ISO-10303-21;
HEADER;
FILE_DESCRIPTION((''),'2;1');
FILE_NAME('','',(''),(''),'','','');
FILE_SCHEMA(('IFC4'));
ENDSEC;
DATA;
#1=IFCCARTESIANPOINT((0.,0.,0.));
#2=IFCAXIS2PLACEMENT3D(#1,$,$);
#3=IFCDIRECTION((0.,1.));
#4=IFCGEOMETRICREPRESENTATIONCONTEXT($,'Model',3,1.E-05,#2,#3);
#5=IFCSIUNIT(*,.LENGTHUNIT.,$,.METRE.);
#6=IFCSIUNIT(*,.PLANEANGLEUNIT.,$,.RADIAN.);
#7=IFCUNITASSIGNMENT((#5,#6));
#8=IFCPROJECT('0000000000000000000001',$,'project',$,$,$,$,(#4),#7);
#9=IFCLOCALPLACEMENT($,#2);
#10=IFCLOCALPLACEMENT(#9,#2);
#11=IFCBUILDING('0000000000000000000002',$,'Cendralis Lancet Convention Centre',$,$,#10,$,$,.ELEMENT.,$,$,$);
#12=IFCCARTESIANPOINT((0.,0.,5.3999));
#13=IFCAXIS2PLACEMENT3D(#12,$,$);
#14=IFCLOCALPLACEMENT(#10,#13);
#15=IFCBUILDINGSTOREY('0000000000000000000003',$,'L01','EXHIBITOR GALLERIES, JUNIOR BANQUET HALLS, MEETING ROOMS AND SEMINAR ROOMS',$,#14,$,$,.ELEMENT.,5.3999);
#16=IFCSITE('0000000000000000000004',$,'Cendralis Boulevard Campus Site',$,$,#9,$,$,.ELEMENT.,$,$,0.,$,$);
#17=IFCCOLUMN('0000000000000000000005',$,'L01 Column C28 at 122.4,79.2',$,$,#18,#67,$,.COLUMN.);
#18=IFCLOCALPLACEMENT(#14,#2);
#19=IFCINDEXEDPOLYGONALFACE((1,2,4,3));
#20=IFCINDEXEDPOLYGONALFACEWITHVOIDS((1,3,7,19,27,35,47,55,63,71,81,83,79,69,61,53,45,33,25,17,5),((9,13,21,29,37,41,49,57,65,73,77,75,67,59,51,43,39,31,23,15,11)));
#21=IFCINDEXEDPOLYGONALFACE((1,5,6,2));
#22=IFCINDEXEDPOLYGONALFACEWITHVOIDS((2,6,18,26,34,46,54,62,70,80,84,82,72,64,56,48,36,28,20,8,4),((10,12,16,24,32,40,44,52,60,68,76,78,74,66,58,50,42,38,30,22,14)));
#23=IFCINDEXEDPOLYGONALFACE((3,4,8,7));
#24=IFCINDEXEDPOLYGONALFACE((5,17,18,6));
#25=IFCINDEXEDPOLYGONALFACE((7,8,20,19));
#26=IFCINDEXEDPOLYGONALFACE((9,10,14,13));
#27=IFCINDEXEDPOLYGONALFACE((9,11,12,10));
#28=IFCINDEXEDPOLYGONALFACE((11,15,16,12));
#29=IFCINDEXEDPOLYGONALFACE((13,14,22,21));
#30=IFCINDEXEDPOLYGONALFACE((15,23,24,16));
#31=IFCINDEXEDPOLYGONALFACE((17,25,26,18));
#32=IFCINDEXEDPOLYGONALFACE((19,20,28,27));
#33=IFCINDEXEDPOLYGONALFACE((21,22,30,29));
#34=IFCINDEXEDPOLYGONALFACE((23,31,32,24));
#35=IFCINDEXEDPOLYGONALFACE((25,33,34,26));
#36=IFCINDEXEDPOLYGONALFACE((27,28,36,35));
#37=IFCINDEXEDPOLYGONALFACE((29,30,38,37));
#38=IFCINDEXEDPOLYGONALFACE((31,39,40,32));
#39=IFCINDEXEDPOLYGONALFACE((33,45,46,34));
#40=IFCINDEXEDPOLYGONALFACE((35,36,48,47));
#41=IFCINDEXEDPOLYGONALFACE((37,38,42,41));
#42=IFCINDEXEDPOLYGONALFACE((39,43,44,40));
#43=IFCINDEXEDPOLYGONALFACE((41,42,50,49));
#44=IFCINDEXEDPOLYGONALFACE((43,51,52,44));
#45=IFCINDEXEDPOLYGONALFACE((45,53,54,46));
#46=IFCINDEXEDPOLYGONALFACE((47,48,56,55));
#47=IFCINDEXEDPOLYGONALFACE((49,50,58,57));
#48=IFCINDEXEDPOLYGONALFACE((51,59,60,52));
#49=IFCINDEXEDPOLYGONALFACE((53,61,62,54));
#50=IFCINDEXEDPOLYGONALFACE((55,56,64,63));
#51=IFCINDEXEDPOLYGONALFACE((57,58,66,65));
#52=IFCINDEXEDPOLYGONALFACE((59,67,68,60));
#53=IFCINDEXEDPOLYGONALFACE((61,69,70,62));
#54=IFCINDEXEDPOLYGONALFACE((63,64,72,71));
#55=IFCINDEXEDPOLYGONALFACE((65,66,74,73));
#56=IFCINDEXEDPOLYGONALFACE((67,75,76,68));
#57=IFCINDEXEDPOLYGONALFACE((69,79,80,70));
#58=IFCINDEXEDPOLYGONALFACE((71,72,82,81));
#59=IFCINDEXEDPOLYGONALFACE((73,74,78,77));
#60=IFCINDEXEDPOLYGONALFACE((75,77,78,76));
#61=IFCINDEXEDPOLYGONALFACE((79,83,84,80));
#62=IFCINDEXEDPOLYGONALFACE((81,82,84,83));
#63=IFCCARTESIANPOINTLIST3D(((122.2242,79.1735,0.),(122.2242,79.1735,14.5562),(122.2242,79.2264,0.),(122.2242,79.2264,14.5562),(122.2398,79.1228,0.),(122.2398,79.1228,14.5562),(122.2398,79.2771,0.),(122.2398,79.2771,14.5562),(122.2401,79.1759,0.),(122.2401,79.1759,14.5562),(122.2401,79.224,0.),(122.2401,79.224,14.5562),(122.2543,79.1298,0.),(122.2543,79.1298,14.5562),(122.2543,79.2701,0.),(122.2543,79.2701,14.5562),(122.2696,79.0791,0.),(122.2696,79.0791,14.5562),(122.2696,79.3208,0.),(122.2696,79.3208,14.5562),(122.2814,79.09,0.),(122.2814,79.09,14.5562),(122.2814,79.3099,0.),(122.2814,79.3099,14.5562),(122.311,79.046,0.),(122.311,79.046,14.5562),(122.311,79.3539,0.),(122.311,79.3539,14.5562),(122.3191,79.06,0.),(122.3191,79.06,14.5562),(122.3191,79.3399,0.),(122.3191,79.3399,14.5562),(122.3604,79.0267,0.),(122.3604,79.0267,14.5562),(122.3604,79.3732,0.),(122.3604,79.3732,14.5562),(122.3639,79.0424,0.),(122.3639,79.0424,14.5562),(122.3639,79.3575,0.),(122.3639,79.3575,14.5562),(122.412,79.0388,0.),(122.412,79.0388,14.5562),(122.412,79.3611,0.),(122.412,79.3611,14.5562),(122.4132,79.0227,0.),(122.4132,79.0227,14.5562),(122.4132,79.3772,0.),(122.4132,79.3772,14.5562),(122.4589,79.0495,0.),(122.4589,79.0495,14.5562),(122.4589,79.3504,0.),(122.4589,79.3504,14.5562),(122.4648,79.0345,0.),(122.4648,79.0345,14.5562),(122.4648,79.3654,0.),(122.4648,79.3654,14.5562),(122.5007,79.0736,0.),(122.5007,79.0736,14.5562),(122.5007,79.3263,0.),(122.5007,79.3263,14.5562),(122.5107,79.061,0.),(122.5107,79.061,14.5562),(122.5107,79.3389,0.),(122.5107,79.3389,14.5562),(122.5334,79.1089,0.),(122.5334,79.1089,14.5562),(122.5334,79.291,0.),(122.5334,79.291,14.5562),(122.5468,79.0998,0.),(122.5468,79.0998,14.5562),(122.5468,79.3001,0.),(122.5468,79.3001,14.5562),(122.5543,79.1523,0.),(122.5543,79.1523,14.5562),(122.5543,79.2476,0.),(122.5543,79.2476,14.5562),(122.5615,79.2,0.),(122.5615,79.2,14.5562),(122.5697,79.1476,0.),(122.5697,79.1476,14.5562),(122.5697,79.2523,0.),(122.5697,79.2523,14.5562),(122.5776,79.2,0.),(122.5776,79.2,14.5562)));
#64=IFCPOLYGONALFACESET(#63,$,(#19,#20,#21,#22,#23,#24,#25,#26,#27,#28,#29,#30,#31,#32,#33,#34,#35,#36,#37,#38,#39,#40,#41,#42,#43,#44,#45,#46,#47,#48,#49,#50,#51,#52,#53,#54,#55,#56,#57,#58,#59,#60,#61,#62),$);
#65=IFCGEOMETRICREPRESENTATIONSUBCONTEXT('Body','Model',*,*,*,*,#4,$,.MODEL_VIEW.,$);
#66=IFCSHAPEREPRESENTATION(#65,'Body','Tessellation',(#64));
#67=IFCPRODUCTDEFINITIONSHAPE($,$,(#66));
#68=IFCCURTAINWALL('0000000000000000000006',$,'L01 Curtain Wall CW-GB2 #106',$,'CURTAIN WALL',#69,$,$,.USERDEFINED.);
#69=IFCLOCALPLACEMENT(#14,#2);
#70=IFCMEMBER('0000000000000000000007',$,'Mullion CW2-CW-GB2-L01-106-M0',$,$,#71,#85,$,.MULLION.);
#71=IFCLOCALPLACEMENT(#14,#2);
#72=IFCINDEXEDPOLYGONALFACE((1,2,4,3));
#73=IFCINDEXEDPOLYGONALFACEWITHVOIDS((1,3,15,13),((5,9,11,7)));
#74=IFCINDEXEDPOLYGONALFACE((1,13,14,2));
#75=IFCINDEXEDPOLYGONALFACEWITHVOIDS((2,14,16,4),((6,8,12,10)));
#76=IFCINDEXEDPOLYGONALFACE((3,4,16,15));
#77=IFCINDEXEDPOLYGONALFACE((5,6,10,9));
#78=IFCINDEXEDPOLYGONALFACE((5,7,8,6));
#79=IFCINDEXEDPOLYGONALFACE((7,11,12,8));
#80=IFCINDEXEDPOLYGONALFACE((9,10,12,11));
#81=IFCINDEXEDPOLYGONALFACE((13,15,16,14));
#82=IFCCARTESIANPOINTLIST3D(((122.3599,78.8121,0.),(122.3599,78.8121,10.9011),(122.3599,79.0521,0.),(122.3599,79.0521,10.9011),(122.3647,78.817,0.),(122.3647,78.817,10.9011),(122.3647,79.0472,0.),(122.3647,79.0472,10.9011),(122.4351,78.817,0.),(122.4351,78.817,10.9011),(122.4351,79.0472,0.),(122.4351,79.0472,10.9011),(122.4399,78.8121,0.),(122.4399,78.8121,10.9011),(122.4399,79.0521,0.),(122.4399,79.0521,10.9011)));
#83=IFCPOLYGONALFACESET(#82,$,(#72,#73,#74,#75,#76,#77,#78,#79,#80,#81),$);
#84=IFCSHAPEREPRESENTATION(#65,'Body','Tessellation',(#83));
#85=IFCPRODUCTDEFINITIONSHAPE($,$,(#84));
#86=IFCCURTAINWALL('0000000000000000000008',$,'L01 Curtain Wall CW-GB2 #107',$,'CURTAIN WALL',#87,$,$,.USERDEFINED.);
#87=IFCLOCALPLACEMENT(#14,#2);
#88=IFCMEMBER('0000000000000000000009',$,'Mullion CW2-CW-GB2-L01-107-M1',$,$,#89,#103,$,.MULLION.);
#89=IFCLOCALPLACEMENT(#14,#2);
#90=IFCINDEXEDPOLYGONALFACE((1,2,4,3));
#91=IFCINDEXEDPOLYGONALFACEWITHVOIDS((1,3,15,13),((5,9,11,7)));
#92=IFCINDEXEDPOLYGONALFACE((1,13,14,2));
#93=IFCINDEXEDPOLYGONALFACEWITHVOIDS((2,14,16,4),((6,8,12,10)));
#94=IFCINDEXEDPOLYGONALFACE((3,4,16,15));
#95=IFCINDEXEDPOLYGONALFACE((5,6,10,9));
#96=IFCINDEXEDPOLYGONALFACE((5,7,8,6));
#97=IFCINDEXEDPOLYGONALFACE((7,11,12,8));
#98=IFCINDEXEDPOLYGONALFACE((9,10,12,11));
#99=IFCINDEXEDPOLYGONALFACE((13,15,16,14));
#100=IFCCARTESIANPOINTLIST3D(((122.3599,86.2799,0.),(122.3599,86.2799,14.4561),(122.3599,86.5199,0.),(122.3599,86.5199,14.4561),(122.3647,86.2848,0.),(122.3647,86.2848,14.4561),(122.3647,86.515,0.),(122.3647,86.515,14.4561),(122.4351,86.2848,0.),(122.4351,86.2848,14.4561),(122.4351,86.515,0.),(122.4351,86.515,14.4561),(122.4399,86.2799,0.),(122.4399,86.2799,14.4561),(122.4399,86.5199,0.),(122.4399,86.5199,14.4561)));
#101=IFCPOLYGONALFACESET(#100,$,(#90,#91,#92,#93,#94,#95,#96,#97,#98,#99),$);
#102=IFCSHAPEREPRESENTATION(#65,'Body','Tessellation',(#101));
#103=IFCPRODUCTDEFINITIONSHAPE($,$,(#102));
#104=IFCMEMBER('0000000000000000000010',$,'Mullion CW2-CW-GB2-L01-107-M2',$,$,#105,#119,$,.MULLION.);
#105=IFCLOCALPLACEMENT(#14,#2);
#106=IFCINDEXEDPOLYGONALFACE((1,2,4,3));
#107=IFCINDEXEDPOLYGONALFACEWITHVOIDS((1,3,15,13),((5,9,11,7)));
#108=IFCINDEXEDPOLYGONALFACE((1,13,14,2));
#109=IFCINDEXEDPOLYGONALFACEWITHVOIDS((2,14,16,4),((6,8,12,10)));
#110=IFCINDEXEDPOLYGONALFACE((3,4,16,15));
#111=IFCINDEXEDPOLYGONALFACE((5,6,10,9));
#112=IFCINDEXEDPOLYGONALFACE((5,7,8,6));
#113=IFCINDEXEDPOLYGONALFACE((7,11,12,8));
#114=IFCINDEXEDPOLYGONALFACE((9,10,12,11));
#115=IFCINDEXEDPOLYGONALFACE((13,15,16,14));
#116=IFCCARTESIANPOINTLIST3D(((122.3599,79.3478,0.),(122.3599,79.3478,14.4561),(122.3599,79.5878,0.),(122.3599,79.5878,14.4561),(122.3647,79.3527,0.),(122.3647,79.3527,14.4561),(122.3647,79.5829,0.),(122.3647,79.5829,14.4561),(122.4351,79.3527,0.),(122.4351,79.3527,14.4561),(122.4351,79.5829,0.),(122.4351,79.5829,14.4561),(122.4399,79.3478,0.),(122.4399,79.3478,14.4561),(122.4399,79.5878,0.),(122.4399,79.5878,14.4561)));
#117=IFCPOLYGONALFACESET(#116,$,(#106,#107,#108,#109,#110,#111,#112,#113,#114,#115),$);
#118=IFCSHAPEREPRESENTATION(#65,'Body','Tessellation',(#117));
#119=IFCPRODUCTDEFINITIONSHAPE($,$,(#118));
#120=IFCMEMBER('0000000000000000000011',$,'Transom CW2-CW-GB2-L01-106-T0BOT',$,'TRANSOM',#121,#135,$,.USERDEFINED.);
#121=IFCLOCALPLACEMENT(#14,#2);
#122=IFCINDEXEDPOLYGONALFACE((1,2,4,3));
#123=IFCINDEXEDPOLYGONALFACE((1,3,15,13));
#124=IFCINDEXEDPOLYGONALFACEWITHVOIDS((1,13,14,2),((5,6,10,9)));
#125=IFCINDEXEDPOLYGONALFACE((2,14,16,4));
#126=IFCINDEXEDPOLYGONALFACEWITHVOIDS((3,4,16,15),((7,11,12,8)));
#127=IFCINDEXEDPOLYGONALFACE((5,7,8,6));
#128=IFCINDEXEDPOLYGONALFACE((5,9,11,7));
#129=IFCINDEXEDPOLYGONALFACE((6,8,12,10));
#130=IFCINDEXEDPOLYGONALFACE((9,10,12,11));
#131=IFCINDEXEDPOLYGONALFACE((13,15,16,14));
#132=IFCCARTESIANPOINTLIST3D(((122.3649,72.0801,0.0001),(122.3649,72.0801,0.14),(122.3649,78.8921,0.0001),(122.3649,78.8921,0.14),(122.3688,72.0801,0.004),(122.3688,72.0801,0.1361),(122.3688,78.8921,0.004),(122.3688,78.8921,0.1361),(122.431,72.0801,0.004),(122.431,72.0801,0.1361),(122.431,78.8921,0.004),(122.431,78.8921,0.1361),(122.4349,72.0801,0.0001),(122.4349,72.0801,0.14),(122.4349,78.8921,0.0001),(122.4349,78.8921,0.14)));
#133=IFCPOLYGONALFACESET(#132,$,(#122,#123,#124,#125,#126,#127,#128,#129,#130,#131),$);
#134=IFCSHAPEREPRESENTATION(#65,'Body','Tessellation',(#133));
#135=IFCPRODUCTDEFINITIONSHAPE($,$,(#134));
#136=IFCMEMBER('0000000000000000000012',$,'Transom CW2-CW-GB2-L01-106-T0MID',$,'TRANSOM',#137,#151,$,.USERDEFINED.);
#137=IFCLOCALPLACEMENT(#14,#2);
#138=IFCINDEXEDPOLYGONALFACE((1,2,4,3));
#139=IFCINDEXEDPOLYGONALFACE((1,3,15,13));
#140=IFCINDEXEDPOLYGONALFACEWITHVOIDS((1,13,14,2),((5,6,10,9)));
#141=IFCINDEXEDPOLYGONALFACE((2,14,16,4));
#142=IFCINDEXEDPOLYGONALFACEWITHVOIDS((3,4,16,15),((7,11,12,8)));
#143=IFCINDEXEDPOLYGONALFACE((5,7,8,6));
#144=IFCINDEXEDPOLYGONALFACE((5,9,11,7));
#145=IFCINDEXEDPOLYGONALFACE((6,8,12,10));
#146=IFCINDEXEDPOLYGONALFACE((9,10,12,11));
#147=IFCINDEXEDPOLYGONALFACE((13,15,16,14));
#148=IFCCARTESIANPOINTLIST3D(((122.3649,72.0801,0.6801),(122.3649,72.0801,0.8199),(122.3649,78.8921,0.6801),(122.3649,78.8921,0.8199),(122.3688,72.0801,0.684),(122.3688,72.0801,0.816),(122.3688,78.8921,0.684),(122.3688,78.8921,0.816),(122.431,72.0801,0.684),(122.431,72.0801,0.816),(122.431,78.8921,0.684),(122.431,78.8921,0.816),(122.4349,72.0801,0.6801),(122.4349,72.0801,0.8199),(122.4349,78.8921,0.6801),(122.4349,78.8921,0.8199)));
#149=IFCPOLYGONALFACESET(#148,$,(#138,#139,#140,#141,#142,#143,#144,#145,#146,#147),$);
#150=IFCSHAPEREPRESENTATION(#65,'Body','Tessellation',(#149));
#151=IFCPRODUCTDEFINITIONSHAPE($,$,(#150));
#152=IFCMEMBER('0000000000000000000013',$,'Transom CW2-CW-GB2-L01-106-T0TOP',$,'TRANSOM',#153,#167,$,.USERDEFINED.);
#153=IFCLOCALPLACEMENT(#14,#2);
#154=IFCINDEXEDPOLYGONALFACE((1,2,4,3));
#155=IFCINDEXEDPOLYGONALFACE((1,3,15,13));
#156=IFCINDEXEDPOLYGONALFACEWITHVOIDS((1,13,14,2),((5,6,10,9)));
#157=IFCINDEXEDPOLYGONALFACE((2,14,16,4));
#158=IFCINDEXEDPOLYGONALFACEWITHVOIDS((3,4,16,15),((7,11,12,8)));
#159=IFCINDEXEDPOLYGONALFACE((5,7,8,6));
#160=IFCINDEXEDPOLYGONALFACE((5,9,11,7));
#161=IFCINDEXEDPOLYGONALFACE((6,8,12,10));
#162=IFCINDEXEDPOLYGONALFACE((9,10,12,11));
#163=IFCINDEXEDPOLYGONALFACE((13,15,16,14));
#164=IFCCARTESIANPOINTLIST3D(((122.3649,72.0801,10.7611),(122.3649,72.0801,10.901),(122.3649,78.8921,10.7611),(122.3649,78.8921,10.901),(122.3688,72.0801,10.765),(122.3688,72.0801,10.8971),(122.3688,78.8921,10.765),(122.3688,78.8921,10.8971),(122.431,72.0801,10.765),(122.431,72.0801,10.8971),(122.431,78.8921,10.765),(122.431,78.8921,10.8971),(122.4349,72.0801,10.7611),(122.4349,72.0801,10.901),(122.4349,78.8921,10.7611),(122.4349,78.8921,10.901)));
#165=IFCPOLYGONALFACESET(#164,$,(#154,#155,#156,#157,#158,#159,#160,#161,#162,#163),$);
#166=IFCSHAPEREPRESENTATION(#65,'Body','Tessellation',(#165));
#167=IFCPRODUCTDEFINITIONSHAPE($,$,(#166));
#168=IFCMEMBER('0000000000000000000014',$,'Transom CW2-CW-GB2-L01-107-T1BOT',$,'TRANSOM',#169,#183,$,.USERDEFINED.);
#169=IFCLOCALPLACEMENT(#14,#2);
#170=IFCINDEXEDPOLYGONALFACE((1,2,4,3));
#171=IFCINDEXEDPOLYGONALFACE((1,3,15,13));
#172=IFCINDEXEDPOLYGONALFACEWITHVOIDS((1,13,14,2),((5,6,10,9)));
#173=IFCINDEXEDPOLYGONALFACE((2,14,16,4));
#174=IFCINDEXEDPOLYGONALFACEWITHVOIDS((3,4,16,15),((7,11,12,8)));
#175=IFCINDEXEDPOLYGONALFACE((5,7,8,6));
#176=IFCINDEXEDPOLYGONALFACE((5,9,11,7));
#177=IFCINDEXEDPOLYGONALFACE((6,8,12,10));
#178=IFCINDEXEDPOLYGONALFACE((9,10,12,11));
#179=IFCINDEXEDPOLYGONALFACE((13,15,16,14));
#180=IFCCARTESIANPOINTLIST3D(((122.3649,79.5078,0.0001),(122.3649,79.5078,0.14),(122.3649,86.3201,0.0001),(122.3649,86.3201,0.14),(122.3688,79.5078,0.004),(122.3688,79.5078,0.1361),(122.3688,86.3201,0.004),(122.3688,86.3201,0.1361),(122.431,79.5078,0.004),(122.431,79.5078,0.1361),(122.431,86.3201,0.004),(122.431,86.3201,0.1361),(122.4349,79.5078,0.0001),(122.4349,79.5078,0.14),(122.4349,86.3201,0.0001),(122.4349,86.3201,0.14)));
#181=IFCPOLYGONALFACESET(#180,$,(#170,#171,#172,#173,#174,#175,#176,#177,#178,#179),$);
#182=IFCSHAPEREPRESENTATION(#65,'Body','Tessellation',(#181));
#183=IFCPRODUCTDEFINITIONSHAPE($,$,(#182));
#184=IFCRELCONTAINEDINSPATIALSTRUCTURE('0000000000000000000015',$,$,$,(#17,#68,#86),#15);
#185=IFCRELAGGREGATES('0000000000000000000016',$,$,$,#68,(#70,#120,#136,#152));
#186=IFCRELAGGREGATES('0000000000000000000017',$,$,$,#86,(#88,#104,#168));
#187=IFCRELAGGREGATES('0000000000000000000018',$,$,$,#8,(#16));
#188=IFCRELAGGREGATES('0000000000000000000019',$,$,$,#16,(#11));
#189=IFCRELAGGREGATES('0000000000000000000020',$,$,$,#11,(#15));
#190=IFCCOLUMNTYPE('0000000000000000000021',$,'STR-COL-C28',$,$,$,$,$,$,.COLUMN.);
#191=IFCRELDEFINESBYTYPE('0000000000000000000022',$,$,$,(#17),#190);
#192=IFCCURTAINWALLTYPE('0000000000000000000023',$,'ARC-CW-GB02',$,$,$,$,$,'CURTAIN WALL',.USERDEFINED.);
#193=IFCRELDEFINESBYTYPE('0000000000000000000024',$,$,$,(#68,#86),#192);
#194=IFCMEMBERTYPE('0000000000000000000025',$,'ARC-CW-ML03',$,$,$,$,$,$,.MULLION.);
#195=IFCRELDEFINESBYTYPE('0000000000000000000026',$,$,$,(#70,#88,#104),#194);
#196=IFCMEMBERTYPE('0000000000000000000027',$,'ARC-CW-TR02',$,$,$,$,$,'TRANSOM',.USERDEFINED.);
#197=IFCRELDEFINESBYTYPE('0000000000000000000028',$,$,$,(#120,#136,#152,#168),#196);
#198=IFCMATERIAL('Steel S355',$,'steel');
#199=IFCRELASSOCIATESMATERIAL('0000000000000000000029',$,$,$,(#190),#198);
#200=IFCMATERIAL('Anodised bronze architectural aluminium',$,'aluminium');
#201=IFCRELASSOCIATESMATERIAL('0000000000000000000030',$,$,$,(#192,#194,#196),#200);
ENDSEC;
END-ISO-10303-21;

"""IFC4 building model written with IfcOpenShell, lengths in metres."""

from ifc_helpers import new_model, si_unit, direction, frame, origin, origin_2d, place, context, subcontext, project, spatial, hollow_rectangle, hollow_circle, extrude, material, material_profile, profile_set, type_object, element, aggregate, save


model = new_model("IFC4")

# Units and contexts
model_context = context("Model", 3, precision=1e-05, world=origin(), true_north=direction((0.0, 1.0)))
body_context = subcontext(model_context, "Body", "Model", "MODEL_VIEW")
ifc_project = project(units=[si_unit("LENGTHUNIT", "METRE"), si_unit("PLANEANGLEUNIT", "RADIAN")], contexts=[model_context])

# Site, building, storey
site_placement = place(None, origin())
site = spatial("IfcSite", under=ifc_project, at=site_placement, Name="Cendralis Boulevard Campus Site", CompositionType="ELEMENT", RefElevation=0.0)
building_placement = place(site_placement, origin())
building = spatial("IfcBuilding", under=site, at=building_placement, Name="Cendralis Lancet Convention Centre", CompositionType="ELEMENT")
storey_placement = place(building_placement, frame((0.0, 0.0, 5.3999)))
storey = spatial("IfcBuildingStorey", under=building, at=storey_placement, Name="L01", Description="EXHIBITOR GALLERIES, JUNIOR BANQUET HALLS, MEETING ROOMS AND SEMINAR ROOMS", CompositionType="ELEMENT", Elevation=5.3999)

# Column
ifc_material_1 = material(Name="Steel S355", Category="steel")
ifc_material_profile_1 = material_profile(ifc_material_1, hollow_circle(Radius=0.1777, WallThickness=0.0161, at=origin_2d()), Name="CHS 355.6x16.0")
ifc_profile_set_1 = profile_set([ifc_material_profile_1], Name="Steel S355")
column_type = type_object("IfcColumnType", Name="STR-COL-C28", PredefinedType="COLUMN", material=ifc_profile_set_1)
column_placement = place(storey_placement, frame((122.3999, 79.2, 0.0), z_axis=(0.0, 0.0, 1.0), x_axis=(1.0, 0.0, 0.0)))
element("IfcColumn", 1, at=column_placement, inside=storey, type_object=column_type, Name="L01 Column C28 at 122.4,79.2", PredefinedType="COLUMN", context=body_context, shape_type="SweptSolid", body=[
    extrude(hollow_circle(Radius=0.1777, WallThickness=0.0161, at=origin_2d()), origin(), (0.0, 0.0, 1.0), 14.5562),
])

# Curtain wall, member
ifc_material_2 = material(Name="Anodised bronze architectural aluminium", Category="aluminium")
curtain_wall_type = type_object("IfcCurtainWallType", Name="ARC-CW-GB02", ElementType="CURTAIN WALL", PredefinedType="USERDEFINED", material=ifc_material_2)
curtain_wall_1_placement = place(storey_placement, origin())
curtain_wall_1 = element("IfcCurtainWall", 2, at=curtain_wall_1_placement, inside=storey, type_object=curtain_wall_type, Name="L01 Curtain Wall CW-GB2 #106", ObjectType="CURTAIN WALL", PredefinedType="USERDEFINED")
ifc_material_profile_2 = material_profile(ifc_material_2, hollow_rectangle(XDim=0.0801, YDim=0.24, WallThickness=0.0049, at=origin_2d()), Name="AL-MULL 80x240x5.0")
ifc_profile_set_2 = profile_set([ifc_material_profile_2], Name="Anodised bronze architectural aluminium")
member_type_1 = type_object("IfcMemberType", Name="ARC-CW-ML03", PredefinedType="MULLION", material=ifc_profile_set_2)
member_1_placement = place(storey_placement, frame((122.3999, 78.9321, 0.0), z_axis=(0.0, 0.0, 1.0), x_axis=(1.0, 0.0, 0.0)))
member_1 = element("IfcMember", 3, at=member_1_placement, type_object=member_type_1, Name="Mullion CW2-CW-GB2-L01-106-M0", PredefinedType="MULLION", context=body_context, shape_type="SweptSolid", body=[
    extrude(hollow_rectangle(XDim=0.0801, YDim=0.24, WallThickness=0.0049, at=origin_2d()), origin(), (0.0, 0.0, 1.0), 10.9011),
])

# Curtain wall, members
curtain_wall_2_placement = place(storey_placement, origin())
curtain_wall_2 = element("IfcCurtainWall", 4, at=curtain_wall_2_placement, inside=storey, type_object=curtain_wall_type, Name="L01 Curtain Wall CW-GB2 #107", ObjectType="CURTAIN WALL", PredefinedType="USERDEFINED")
member_2_placement = place(storey_placement, frame((122.3999, 86.3999, 0.0), z_axis=(0.0, 0.0, 1.0), x_axis=(1.0, 0.0, 0.0)))
member_2 = element("IfcMember", 5, at=member_2_placement, type_object=member_type_1, Name="Mullion CW2-CW-GB2-L01-107-M1", PredefinedType="MULLION", context=body_context, shape_type="SweptSolid", body=[
    extrude(hollow_rectangle(XDim=0.0801, YDim=0.24, WallThickness=0.0049, at=origin_2d()), origin(), (0.0, 0.0, 1.0), 14.4561),
])
member_3_placement = place(storey_placement, frame((122.3999, 79.4678, 0.0), z_axis=(0.0, 0.0, 1.0), x_axis=(1.0, 0.0, 0.0)))
member_3 = element("IfcMember", 6, at=member_3_placement, type_object=member_type_1, Name="Mullion CW2-CW-GB2-L01-107-M2", PredefinedType="MULLION", context=body_context, shape_type="SweptSolid", body=[
    extrude(hollow_rectangle(XDim=0.0801, YDim=0.24, WallThickness=0.0049, at=origin_2d()), origin(), (0.0, 0.0, 1.0), 14.4561),
])

# Members
ifc_material_profile_3 = material_profile(ifc_material_2, hollow_rectangle(XDim=0.0701, YDim=0.1399, WallThickness=0.0039, at=origin_2d()), Name="AL-TRAN 70x140x4.0")
ifc_profile_set_3 = profile_set([ifc_material_profile_3], Name="Anodised bronze architectural aluminium")
member_type_2 = type_object("IfcMemberType", Name="ARC-CW-TR02", ElementType="TRANSOM", PredefinedType="USERDEFINED", material=ifc_profile_set_3)
member_4_placement = place(storey_placement, frame((122.3999, 78.8921, 0.0701), z_axis=(0.0, -1.0, 0.0), x_axis=(1.0, 0.0, 0.0)))
member_4 = element("IfcMember", 7, at=member_4_placement, type_object=member_type_2, Name="Transom CW2-CW-GB2-L01-106-T0BOT", ObjectType="TRANSOM", PredefinedType="USERDEFINED", context=body_context, shape_type="SweptSolid", body=[
    extrude(hollow_rectangle(XDim=0.0701, YDim=0.1399, WallThickness=0.0039, at=origin_2d()), origin(), (0.0, 0.0, 1.0), 6.812),
])
member_5_placement = place(storey_placement, frame((122.3999, 78.8921, 0.75), z_axis=(0.0, -1.0, 0.0), x_axis=(1.0, 0.0, 0.0)))
member_5 = element("IfcMember", 8, at=member_5_placement, type_object=member_type_2, Name="Transom CW2-CW-GB2-L01-106-T0MID", ObjectType="TRANSOM", PredefinedType="USERDEFINED", context=body_context, shape_type="SweptSolid", body=[
    extrude(hollow_rectangle(XDim=0.0701, YDim=0.1399, WallThickness=0.0039, at=origin_2d()), origin(), (0.0, 0.0, 1.0), 6.812),
])
member_6_placement = place(storey_placement, frame((122.3999, 78.8921, 10.8311), z_axis=(0.0, -1.0, 0.0), x_axis=(1.0, 0.0, 0.0)))
member_6 = element("IfcMember", 9, at=member_6_placement, type_object=member_type_2, Name="Transom CW2-CW-GB2-L01-106-T0TOP", ObjectType="TRANSOM", PredefinedType="USERDEFINED", context=body_context, shape_type="SweptSolid", body=[
    extrude(hollow_rectangle(XDim=0.0701, YDim=0.1399, WallThickness=0.0039, at=origin_2d()), origin(), (0.0, 0.0, 1.0), 6.812),
])
aggregate(curtain_wall_1, [member_1, member_4, member_5, member_6])
member_7_placement = place(storey_placement, frame((122.3999, 86.3201, 0.0701), z_axis=(0.0, -1.0, 0.0), x_axis=(1.0, 0.0, 0.0)))
member_7 = element("IfcMember", 10, at=member_7_placement, type_object=member_type_2, Name="Transom CW2-CW-GB2-L01-107-T1BOT", ObjectType="TRANSOM", PredefinedType="USERDEFINED", context=body_context, shape_type="SweptSolid", body=[
    extrude(hollow_rectangle(XDim=0.0701, YDim=0.1399, WallThickness=0.0039, at=origin_2d()), origin(), (0.0, 0.0, 1.0), 6.8123),
])

aggregate(curtain_wall_2, [member_2, member_3, member_7])

save(model, "model.ifc")
